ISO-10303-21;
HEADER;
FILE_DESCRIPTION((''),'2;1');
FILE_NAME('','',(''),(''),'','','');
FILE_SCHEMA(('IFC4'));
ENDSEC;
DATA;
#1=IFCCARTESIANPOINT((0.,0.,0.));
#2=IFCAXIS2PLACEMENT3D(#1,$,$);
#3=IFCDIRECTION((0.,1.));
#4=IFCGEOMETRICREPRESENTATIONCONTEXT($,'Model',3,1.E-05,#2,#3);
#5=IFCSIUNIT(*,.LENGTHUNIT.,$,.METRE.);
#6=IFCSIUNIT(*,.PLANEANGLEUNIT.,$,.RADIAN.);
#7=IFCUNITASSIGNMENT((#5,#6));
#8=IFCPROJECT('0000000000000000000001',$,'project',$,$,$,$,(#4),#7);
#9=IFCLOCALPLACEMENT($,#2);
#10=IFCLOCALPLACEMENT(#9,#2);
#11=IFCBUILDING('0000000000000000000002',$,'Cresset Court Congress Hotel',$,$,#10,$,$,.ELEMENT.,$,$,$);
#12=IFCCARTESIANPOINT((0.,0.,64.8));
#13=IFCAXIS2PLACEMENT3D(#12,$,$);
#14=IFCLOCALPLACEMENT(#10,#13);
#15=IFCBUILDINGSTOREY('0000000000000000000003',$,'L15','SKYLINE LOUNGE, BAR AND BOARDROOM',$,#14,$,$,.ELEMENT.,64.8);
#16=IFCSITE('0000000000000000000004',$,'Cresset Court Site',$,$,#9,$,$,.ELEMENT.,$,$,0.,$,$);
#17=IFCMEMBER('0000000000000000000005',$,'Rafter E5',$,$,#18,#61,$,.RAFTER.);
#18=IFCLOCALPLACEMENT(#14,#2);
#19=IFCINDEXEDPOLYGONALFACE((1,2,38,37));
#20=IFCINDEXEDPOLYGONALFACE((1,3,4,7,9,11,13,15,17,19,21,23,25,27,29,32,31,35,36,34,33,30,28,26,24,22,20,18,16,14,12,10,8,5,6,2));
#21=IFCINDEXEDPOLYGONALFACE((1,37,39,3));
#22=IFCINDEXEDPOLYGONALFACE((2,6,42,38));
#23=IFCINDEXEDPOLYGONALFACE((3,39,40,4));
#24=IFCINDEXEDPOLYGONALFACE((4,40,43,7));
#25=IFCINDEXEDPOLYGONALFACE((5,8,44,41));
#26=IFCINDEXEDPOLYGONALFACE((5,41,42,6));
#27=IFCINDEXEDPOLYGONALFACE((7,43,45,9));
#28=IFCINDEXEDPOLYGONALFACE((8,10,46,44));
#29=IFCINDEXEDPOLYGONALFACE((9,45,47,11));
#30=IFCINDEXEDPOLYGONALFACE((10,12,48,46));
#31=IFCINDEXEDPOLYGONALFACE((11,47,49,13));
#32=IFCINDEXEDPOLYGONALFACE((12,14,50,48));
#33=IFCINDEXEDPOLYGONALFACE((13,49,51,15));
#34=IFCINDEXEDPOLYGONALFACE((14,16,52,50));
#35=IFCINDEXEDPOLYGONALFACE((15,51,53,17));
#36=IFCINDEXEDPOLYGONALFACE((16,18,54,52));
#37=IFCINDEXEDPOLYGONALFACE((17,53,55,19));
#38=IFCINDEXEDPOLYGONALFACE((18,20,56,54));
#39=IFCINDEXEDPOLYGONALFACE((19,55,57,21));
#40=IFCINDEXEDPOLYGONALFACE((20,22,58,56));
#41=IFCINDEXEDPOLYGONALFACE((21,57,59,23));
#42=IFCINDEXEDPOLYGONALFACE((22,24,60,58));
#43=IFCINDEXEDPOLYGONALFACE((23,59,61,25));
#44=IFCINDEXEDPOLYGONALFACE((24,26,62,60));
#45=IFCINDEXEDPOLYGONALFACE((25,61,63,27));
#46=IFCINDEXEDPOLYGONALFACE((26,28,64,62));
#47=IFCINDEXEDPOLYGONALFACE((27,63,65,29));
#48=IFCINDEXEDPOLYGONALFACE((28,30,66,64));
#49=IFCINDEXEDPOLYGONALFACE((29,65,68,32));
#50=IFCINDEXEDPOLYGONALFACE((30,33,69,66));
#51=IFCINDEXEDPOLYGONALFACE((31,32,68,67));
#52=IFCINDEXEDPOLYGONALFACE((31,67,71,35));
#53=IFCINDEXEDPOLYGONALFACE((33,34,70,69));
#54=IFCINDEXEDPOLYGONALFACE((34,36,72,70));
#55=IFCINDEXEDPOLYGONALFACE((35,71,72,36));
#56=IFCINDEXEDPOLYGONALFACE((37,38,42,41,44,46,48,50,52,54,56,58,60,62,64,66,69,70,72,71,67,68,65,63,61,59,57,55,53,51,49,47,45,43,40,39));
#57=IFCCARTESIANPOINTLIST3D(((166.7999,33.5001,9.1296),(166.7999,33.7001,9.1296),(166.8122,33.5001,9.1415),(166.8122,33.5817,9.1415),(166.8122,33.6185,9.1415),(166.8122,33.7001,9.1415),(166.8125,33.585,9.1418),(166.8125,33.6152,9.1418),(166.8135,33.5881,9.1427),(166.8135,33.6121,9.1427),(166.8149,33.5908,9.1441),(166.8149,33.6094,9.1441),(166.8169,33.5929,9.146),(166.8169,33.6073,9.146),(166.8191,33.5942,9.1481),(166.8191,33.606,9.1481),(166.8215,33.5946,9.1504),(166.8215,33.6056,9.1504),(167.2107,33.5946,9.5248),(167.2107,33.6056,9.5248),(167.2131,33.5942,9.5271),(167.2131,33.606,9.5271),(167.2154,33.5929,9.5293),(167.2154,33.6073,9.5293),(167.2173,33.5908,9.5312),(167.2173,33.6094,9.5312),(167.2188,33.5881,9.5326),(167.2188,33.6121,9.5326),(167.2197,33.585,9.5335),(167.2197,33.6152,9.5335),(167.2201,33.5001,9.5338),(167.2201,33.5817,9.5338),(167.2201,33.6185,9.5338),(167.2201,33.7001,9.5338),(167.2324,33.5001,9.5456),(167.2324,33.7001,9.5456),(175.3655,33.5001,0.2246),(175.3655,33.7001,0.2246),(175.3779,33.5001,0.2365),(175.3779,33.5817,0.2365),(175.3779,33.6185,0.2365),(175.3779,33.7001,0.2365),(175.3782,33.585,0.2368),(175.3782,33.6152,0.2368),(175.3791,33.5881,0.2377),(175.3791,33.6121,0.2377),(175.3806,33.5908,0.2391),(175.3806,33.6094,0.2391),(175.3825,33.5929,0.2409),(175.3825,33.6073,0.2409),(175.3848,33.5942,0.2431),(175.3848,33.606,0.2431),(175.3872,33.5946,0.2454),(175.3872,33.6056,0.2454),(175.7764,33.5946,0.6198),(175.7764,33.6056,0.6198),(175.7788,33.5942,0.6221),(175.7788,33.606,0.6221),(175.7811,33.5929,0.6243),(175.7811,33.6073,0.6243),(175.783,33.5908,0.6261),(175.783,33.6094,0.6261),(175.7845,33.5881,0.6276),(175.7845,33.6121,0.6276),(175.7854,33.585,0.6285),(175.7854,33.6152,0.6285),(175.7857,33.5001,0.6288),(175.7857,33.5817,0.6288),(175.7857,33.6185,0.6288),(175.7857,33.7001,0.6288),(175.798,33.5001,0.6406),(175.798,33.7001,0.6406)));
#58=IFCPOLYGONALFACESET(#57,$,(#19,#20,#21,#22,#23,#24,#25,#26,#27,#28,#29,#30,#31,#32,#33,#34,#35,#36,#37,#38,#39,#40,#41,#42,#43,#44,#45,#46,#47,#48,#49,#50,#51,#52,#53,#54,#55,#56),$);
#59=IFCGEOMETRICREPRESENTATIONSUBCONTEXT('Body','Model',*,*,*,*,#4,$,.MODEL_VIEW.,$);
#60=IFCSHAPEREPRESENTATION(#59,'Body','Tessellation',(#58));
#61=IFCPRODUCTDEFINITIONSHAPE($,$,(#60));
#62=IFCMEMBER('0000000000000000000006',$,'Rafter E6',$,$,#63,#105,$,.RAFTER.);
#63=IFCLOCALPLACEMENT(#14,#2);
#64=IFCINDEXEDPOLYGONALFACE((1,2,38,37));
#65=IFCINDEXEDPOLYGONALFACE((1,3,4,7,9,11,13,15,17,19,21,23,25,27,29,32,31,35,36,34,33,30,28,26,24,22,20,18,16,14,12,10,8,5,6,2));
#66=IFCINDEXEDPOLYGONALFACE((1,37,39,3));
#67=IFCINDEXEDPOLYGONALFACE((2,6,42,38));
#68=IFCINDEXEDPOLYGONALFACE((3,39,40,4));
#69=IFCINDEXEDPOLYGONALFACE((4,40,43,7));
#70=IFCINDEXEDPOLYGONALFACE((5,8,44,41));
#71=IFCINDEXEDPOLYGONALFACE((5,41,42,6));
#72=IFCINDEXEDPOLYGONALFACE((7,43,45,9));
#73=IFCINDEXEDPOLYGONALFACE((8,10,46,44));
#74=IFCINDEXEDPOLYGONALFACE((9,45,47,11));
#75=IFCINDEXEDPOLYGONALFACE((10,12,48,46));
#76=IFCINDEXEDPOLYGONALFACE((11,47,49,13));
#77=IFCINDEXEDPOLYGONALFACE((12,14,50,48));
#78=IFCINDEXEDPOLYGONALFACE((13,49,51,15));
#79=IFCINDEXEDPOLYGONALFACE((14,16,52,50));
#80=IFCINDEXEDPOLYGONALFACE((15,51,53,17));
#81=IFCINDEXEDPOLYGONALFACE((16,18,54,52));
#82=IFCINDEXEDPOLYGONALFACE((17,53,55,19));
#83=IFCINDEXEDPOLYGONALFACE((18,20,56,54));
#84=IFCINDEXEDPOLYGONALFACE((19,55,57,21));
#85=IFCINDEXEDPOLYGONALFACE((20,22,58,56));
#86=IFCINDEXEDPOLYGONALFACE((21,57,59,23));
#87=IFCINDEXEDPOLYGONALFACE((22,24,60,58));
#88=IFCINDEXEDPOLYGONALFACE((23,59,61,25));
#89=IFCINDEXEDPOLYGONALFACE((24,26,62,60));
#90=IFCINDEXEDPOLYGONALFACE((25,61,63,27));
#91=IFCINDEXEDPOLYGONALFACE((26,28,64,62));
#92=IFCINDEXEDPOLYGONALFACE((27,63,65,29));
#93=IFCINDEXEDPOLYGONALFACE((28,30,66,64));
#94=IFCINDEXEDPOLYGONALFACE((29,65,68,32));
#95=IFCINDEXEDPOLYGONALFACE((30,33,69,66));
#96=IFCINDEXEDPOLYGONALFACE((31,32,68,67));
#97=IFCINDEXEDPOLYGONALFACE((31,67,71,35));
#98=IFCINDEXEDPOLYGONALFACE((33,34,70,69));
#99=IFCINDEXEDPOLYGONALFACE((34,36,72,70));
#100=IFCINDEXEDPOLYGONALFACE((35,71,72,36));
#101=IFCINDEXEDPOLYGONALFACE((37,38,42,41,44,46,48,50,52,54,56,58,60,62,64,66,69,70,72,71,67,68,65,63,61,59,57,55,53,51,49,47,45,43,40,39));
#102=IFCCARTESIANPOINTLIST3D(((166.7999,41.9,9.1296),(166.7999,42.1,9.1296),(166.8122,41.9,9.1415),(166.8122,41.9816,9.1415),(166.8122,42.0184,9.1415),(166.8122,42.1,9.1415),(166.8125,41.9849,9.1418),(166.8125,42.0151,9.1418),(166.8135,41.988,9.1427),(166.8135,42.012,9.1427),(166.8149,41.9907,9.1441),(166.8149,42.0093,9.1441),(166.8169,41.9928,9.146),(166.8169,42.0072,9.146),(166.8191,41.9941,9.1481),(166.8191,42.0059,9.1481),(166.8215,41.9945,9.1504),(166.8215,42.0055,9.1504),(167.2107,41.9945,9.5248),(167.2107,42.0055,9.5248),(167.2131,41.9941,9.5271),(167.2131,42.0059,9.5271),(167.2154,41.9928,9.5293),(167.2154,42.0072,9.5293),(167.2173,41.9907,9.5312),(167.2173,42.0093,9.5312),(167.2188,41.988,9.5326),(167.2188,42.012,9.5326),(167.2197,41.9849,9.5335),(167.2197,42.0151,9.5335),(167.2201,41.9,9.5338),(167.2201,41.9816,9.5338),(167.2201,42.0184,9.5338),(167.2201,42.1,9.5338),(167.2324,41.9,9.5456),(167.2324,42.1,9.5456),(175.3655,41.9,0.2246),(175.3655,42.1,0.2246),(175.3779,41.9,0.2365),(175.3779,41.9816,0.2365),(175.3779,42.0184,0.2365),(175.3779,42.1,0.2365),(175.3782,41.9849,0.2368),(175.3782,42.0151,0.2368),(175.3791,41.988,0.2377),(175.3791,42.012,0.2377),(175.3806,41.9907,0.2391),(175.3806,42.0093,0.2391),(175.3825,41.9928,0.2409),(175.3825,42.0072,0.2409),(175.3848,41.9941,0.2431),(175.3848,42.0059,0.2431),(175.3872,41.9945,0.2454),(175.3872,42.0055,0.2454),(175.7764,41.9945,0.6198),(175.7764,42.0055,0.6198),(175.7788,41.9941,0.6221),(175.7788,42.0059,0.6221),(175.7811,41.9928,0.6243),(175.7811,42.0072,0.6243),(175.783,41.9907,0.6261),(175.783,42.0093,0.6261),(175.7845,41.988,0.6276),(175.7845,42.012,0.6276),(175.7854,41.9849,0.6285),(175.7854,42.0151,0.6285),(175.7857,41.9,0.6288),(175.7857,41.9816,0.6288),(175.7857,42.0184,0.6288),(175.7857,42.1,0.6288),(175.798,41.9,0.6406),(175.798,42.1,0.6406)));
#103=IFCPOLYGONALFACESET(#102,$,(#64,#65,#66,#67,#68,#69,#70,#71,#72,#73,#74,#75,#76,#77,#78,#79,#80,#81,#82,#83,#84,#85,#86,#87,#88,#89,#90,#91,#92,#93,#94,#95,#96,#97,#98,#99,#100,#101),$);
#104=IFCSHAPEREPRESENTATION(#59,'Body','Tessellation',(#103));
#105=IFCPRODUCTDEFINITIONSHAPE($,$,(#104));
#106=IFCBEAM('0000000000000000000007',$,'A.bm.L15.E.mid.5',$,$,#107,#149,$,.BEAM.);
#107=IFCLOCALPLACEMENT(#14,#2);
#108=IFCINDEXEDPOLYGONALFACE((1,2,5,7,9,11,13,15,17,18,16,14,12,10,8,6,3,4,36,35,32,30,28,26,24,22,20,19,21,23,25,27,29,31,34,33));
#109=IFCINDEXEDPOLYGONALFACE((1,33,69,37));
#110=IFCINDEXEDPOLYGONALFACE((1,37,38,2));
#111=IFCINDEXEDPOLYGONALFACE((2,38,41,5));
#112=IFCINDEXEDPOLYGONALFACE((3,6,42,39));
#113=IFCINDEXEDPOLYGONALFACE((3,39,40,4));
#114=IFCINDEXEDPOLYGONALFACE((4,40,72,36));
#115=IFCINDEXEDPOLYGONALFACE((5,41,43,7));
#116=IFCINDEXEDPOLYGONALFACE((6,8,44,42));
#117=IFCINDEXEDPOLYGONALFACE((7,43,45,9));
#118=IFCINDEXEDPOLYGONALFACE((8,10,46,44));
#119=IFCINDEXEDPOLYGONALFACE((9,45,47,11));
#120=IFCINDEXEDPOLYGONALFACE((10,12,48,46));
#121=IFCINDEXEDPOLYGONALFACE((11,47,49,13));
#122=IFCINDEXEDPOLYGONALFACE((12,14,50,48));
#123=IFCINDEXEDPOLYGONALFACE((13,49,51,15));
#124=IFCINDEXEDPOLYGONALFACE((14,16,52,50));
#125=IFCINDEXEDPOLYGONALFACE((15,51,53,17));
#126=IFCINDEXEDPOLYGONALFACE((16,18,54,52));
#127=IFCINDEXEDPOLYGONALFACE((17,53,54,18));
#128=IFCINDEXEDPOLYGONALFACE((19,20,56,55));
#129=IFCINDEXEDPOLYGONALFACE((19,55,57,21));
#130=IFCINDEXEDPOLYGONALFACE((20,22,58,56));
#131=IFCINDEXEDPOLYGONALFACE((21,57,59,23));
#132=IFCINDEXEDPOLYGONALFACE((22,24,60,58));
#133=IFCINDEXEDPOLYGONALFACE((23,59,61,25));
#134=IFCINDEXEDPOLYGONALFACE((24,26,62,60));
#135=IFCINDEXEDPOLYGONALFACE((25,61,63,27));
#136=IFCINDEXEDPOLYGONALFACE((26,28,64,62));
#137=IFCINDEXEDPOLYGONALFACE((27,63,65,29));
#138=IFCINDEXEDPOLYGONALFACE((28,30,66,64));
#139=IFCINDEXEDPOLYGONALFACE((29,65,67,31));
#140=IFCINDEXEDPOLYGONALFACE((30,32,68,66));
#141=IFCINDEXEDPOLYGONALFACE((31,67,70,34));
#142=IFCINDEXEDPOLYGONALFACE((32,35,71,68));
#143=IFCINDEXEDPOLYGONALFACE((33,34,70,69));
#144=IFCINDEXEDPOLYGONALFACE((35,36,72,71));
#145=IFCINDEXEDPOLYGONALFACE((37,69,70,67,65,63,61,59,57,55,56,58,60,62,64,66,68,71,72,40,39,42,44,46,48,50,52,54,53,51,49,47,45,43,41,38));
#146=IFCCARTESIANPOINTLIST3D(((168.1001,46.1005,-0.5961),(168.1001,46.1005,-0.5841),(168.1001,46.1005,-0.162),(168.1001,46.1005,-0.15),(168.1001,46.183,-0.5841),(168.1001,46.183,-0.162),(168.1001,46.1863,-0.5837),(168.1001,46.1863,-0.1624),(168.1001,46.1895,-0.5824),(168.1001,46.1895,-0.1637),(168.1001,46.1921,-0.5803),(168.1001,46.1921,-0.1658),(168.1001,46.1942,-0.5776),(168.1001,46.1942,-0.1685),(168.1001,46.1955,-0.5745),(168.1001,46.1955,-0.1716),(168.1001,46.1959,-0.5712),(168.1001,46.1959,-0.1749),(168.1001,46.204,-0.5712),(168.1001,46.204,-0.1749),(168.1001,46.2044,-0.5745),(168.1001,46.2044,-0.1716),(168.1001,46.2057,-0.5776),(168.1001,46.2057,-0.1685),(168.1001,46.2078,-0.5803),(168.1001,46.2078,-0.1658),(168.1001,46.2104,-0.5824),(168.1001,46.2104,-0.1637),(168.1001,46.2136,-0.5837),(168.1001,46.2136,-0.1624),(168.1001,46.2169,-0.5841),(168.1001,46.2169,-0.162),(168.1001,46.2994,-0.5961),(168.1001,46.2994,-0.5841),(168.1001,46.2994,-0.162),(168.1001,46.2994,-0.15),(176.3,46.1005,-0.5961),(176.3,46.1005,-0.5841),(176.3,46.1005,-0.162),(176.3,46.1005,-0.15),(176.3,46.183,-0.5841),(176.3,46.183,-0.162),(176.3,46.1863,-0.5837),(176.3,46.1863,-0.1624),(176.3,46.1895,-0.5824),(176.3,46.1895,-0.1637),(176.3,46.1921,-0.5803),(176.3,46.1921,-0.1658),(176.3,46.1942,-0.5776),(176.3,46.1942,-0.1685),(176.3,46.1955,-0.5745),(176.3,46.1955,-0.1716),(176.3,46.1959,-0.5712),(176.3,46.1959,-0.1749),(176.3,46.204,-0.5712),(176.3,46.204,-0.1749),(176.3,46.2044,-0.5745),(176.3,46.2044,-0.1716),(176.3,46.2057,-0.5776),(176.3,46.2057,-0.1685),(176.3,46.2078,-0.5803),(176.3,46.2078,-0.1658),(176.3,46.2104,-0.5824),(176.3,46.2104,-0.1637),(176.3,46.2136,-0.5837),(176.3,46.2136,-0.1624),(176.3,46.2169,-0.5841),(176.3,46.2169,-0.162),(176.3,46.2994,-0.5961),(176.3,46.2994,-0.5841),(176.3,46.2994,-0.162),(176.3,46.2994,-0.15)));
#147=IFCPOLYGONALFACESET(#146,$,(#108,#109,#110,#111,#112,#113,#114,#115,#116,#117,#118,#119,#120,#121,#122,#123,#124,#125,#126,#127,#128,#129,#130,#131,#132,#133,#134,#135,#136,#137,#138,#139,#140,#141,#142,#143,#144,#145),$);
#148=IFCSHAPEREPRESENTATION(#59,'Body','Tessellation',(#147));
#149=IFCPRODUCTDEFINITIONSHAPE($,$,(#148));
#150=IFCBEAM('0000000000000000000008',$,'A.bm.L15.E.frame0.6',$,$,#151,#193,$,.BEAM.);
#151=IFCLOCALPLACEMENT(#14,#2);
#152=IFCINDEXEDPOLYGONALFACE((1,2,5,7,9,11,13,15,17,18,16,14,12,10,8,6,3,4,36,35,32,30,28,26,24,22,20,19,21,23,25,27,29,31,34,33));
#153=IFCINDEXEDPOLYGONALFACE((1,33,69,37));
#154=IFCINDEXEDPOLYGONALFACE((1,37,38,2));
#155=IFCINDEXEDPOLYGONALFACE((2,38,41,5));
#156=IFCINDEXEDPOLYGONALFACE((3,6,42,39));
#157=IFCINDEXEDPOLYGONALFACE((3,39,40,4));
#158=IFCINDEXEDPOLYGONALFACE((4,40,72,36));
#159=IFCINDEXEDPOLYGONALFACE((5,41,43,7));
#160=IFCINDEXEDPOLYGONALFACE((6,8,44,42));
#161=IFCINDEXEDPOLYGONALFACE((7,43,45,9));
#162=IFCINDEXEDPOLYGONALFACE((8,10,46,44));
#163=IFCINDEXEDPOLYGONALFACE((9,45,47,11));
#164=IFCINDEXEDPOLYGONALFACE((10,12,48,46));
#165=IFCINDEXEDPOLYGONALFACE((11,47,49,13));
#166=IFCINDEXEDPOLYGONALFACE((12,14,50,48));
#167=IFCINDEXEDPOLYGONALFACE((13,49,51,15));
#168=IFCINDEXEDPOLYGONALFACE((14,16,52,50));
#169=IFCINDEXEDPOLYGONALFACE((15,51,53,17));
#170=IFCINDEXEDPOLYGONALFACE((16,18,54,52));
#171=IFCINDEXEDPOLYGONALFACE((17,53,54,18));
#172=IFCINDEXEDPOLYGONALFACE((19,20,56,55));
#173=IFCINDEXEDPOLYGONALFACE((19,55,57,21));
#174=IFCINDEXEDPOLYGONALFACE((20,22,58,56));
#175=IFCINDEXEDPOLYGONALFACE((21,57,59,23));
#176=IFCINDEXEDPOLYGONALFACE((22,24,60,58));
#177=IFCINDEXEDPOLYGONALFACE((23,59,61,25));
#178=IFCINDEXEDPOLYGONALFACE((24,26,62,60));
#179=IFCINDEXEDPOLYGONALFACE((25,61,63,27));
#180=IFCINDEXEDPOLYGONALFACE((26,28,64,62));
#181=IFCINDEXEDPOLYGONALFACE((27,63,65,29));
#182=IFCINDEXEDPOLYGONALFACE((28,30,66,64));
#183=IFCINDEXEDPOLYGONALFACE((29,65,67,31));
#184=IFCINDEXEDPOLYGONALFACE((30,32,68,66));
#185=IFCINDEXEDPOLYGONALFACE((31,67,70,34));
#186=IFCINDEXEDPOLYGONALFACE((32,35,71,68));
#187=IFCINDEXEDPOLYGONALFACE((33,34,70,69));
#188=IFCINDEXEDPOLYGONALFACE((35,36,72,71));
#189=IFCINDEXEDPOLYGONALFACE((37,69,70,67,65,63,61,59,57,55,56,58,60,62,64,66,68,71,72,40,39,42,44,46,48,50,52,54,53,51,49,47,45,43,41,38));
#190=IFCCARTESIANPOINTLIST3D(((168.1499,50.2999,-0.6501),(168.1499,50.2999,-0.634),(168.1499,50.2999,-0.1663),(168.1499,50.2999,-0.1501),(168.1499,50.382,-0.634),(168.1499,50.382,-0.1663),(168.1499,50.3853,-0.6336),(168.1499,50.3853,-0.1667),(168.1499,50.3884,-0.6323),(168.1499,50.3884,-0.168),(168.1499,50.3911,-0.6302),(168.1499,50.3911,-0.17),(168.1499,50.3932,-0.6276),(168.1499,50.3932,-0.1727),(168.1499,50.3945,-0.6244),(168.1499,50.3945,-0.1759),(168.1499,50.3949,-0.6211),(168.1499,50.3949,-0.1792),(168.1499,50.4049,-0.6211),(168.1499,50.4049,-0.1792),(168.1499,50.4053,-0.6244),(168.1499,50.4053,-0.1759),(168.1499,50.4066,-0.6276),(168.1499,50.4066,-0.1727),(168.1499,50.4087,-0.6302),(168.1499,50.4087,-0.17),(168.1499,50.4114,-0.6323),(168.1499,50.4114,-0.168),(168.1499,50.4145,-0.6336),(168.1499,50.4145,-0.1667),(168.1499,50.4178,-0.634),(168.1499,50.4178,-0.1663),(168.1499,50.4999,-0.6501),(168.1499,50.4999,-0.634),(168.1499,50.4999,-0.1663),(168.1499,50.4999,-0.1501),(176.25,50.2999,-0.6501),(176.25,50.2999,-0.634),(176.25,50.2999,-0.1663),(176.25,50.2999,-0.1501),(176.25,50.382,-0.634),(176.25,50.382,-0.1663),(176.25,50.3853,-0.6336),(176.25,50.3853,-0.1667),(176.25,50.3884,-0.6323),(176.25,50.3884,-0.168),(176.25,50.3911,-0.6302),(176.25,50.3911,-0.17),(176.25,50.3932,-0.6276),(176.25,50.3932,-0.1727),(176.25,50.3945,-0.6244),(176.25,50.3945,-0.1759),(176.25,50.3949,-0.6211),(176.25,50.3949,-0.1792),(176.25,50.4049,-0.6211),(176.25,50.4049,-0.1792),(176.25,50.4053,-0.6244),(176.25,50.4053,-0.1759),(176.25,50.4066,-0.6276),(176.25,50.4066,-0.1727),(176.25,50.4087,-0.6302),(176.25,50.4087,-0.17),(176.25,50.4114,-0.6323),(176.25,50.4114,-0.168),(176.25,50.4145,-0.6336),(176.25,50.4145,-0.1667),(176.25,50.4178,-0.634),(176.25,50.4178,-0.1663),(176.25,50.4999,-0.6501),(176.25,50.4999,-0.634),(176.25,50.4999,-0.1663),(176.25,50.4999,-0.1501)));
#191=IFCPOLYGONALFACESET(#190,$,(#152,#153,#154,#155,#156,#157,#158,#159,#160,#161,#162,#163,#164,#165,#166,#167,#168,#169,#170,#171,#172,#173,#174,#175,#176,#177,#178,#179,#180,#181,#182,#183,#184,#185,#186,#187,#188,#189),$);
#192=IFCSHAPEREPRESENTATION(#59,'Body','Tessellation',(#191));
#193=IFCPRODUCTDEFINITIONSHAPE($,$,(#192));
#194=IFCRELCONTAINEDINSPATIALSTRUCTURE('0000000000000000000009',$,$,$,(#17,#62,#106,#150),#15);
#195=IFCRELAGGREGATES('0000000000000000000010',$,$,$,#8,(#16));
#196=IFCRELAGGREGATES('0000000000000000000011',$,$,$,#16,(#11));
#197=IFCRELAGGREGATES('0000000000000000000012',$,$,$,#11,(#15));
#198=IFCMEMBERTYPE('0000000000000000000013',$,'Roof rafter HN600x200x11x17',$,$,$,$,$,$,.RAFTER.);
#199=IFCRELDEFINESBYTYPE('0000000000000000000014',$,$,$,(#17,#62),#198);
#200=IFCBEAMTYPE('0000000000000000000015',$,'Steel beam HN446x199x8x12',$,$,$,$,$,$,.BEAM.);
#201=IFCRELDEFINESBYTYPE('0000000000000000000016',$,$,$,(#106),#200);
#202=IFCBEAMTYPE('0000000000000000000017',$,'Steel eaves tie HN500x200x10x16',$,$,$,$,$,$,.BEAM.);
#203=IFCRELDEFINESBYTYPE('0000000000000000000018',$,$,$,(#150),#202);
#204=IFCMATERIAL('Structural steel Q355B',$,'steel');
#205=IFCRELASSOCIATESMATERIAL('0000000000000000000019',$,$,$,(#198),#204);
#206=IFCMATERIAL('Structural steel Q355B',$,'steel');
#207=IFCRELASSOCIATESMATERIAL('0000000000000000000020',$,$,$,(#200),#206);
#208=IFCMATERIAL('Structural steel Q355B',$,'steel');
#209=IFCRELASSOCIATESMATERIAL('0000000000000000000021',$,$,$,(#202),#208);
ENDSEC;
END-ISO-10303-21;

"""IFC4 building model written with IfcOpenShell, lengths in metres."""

from ifc_helpers import new_model, si_unit, direction, frame, origin, origin_2d, place, context, subcontext, project, spatial, i_section, extrude, material, material_profile, profile_set, type_object, element, save


model = new_model("IFC4")

# Units and contexts
model_context = context("Model", 3, precision=1e-05, world=origin(), true_north=direction((0.0, 1.0)))
body_context = subcontext(model_context, "Body", "Model", "MODEL_VIEW")
ifc_project = project(units=[si_unit("LENGTHUNIT", "METRE"), si_unit("PLANEANGLEUNIT", "RADIAN")], contexts=[model_context])

# Site, building, storey
site_placement = place(None, origin())
site = spatial("IfcSite", under=ifc_project, at=site_placement, Name="Cresset Court Site", CompositionType="ELEMENT", RefElevation=0.0)
building_placement = place(site_placement, origin())
building = spatial("IfcBuilding", under=site, at=building_placement, Name="Cresset Court Congress Hotel", CompositionType="ELEMENT")
storey_placement = place(building_placement, frame((0.0, 0.0, 64.8)))
storey = spatial("IfcBuildingStorey", under=building, at=storey_placement, Name="L15", Description="SKYLINE LOUNGE, BAR AND BOARDROOM", CompositionType="ELEMENT", Elevation=64.8)

# Members
ifc_material_1 = material(Name="Structural steel Q355B", Category="steel")
ifc_material_profile_1 = material_profile(ifc_material_1, i_section(OverallWidth=0.2, OverallDepth=0.6001, WebThickness=0.011, FlangeThickness=0.0171, FilletRadius=0.0129, at=origin_2d()), Name="HN600x200x11x17")
ifc_profile_set_1 = profile_set([ifc_material_profile_1], Name="Structural steel Q355B")
member_type_1 = type_object("IfcMemberType", Name="Roof rafter HN600x200x11x17", PredefinedType="RAFTER", material=ifc_profile_set_1)
for number, where, z_axis, x_axis, name in (
    (1, (175.5818, 33.6001, 0.4326), (-0.693241, 0.0, 0.720706), (0.0, -1.0, 0.0), "Rafter E5"),
    (2, (175.5818, 42.0, 0.4326), (-0.693241, 0.0, 0.720706), (0.0, -1.0, 0.0), "Rafter E6"),
):
    element("IfcMember", number, at=place(storey_placement, frame(where, z_axis=z_axis, x_axis=x_axis)), inside=storey, type_object=member_type_1, Name=name, PredefinedType="RAFTER", context=body_context, shape_type="SweptSolid", body=[
        extrude(i_section(OverallWidth=0.2, OverallDepth=0.6001, WebThickness=0.011, FlangeThickness=0.0171, FilletRadius=0.0129, at=origin_2d()), origin(), (0.0, 0.0, 1.0), 12.356),
    ])

# Beams
ifc_material_2 = material(Name="Structural steel Q355B", Category="steel")
ifc_material_profile_2 = material_profile(ifc_material_2, i_section(OverallWidth=0.199, OverallDepth=0.446, WebThickness=0.0081, FlangeThickness=0.012, FilletRadius=0.0129, at=origin_2d()), Name="HN446x199x8x12")
ifc_profile_set_2 = profile_set([ifc_material_profile_2], Name="Structural steel Q355B")
beam_type_1 = type_object("IfcBeamType", Name="Steel beam HN446x199x8x12", PredefinedType="BEAM", material=ifc_profile_set_2)
beam_1_placement = place(storey_placement, frame((168.1001, 46.2, -0.373), z_axis=(1.0, 0.0, 0.0), x_axis=(0.0, 1.0, 0.0)))
element("IfcBeam", 3, at=beam_1_placement, inside=storey, type_object=beam_type_1, Name="A.bm.L15.E.mid.5", PredefinedType="BEAM", context=body_context, shape_type="SweptSolid", body=[
    extrude(i_section(OverallWidth=0.199, OverallDepth=0.446, WebThickness=0.0081, FlangeThickness=0.012, FilletRadius=0.0129, at=origin_2d()), origin(), (0.0, 0.0, 1.0), 8.2),
])
ifc_material_3 = material(Name="Structural steel Q355B", Category="steel")
ifc_material_profile_3 = material_profile(ifc_material_3, i_section(OverallWidth=0.2, OverallDepth=0.5, WebThickness=0.01, FlangeThickness=0.0161, FilletRadius=0.0129, at=origin_2d()), Name="HN500x200x10x16")
ifc_profile_set_3 = profile_set([ifc_material_profile_3], Name="Structural steel Q355B")
beam_type_2 = type_object("IfcBeamType", Name="Steel eaves tie HN500x200x10x16", PredefinedType="BEAM", material=ifc_profile_set_3)
beam_2_placement = place(storey_placement, frame((168.1499, 50.3999, -0.4001), z_axis=(1.0, 0.0, 0.0), x_axis=(0.0, 1.0, 0.0)))
element("IfcBeam", 4, at=beam_2_placement, inside=storey, type_object=beam_type_2, Name="A.bm.L15.E.frame0.6", PredefinedType="BEAM", context=body_context, shape_type="SweptSolid", body=[
    extrude(i_section(OverallWidth=0.2, OverallDepth=0.5, WebThickness=0.01, FlangeThickness=0.0161, FilletRadius=0.0129, at=origin_2d()), origin(), (0.0, 0.0, 1.0), 8.1001),
])

save(model, "model.ifc")
